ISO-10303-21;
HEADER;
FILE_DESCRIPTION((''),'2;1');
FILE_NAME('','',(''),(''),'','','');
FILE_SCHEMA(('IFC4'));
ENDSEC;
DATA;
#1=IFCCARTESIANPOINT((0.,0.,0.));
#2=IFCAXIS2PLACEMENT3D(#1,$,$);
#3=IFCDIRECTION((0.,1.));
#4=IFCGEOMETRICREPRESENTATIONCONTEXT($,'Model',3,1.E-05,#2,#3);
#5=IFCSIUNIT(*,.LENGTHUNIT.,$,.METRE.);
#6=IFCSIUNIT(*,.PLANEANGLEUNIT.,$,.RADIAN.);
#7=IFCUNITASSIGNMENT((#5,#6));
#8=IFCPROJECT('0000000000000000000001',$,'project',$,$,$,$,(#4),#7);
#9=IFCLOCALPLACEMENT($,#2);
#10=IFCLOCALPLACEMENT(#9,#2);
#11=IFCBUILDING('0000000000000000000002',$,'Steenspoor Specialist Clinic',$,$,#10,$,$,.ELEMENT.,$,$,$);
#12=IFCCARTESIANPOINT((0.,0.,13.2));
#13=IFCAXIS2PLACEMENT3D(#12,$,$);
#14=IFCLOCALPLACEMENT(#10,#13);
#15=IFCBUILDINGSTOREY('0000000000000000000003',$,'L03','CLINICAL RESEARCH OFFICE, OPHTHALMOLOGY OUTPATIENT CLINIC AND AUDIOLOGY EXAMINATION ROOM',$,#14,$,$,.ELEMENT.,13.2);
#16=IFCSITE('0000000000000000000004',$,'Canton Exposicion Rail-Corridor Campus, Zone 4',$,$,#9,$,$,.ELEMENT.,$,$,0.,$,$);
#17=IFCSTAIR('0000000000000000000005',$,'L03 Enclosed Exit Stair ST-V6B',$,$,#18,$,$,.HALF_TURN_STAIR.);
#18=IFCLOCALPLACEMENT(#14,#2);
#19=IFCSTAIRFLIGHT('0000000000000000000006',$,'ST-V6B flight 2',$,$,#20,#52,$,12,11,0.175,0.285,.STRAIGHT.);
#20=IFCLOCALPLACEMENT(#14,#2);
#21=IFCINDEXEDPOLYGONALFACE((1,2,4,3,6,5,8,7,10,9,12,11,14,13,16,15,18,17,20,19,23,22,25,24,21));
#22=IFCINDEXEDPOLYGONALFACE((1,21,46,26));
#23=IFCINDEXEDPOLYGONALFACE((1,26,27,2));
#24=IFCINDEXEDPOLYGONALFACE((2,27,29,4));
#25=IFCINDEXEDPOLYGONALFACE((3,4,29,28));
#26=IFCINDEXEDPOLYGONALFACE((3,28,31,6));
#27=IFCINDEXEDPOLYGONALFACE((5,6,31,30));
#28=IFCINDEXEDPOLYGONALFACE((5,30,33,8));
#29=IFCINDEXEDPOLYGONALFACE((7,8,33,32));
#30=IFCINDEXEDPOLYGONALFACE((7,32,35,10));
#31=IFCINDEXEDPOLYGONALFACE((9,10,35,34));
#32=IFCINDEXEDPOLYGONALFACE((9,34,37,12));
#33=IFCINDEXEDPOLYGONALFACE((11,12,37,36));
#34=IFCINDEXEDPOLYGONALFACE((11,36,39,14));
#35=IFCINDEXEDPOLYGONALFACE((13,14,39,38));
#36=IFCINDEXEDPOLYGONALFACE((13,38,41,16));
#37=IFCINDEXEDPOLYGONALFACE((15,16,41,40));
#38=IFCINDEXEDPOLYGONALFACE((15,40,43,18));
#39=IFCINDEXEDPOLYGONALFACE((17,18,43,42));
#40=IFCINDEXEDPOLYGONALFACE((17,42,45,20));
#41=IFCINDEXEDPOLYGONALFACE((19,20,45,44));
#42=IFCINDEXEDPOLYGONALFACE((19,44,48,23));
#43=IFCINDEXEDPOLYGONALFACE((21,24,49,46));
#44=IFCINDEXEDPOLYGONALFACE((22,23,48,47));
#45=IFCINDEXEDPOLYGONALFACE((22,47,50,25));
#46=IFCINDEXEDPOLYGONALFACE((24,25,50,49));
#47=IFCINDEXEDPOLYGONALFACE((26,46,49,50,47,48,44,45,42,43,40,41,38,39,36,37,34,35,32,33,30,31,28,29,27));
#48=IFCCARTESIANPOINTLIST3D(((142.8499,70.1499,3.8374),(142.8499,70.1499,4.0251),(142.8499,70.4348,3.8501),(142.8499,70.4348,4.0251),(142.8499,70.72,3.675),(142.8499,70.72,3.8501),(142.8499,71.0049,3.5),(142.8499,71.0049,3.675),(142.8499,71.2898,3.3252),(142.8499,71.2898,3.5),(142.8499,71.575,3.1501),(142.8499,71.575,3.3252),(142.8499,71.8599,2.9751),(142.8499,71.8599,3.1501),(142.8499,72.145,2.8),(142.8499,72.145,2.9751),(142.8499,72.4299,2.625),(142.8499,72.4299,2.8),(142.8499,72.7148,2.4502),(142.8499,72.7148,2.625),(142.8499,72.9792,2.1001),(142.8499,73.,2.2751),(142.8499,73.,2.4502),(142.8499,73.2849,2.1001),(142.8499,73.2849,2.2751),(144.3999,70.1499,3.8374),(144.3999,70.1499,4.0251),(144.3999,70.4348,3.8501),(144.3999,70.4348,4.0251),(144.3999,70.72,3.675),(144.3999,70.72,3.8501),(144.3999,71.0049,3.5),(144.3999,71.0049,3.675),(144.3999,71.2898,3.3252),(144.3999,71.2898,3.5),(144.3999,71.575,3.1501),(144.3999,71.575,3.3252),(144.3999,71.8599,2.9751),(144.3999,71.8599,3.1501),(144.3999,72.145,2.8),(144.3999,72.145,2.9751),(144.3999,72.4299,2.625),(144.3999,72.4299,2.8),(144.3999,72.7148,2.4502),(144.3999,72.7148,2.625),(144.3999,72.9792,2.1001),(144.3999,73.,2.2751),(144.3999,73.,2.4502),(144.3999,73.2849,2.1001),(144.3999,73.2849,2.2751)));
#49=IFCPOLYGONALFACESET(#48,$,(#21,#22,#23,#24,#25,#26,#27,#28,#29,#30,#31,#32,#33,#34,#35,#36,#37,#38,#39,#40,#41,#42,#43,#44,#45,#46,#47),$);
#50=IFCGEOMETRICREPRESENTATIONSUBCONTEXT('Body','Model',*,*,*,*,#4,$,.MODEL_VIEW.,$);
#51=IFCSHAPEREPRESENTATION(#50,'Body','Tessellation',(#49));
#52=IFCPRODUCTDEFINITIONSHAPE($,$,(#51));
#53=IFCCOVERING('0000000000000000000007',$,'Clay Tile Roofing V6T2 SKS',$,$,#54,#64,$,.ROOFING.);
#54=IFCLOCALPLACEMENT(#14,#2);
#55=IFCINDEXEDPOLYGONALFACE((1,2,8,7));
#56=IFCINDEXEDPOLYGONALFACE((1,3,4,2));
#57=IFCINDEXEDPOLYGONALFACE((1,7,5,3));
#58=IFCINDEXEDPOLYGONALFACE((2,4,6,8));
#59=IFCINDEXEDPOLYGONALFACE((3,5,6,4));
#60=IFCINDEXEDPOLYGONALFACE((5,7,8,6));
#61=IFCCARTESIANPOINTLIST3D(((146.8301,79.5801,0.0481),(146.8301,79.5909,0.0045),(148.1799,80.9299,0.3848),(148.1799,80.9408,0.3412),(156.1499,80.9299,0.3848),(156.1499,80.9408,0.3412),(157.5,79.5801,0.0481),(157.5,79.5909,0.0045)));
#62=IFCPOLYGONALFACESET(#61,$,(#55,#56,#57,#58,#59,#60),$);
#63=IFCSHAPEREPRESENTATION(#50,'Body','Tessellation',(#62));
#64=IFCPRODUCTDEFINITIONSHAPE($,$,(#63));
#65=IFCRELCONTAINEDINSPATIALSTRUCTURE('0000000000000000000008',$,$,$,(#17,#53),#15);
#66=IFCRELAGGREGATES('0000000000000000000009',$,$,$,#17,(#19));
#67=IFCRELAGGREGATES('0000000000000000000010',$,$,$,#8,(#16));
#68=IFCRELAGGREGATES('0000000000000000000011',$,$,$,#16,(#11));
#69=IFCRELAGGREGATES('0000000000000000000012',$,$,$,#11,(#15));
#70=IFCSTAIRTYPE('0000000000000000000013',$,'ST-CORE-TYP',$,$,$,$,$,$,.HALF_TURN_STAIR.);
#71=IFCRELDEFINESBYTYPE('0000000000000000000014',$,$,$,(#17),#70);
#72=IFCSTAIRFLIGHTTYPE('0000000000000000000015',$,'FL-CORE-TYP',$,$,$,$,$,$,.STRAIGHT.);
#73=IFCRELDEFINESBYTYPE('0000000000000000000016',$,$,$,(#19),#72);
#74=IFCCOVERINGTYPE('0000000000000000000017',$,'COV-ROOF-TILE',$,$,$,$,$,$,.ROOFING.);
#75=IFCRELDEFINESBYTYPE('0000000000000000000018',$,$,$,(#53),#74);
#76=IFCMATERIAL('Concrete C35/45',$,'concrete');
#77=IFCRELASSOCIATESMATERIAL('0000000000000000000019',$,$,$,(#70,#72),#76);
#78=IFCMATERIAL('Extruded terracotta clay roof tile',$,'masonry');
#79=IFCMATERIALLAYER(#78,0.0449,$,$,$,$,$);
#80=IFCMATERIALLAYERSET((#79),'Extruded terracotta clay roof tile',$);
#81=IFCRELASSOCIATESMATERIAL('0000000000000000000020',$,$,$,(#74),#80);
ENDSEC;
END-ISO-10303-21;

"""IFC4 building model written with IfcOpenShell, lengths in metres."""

from ifc_helpers import new_model, si_unit, direction, frame, origin, place, context, subcontext, project, spatial, polyline, outline, extrude, material, layer, layer_set, type_object, element, aggregate, save


model = new_model("IFC4")

# Units and contexts
model_context = context("Model", 3, precision=1e-05, world=origin(), true_north=direction((0.0, 1.0)))
body_context = subcontext(model_context, "Body", "Model", "MODEL_VIEW")
ifc_project = project(units=[si_unit("LENGTHUNIT", "METRE"), si_unit("PLANEANGLEUNIT", "RADIAN")], contexts=[model_context])

# Site, building, storey
site_placement = place(None, origin())
site = spatial("IfcSite", under=ifc_project, at=site_placement, Name="Canton Exposicion Rail-Corridor Campus, Zone 4", CompositionType="ELEMENT", RefElevation=0.0)
building_placement = place(site_placement, origin())
building = spatial("IfcBuilding", under=site, at=building_placement, Name="Steenspoor Specialist Clinic", CompositionType="ELEMENT")
storey_placement = place(building_placement, frame((0.0, 0.0, 13.2)))
storey = spatial("IfcBuildingStorey", under=building, at=storey_placement, Name="L03", Description="CLINICAL RESEARCH OFFICE, OPHTHALMOLOGY OUTPATIENT CLINIC AND AUDIOLOGY EXAMINATION ROOM", CompositionType="ELEMENT", Elevation=13.2)

# Shared definitions
ifc_material_1 = material(Name="Concrete C35/45", Category="concrete")

# Stair, stair flight
stair_type = type_object("IfcStairType", Name="ST-CORE-TYP", PredefinedType="HALF_TURN_STAIR", material=ifc_material_1)
stair_placement = place(storey_placement, origin())
stair = element("IfcStair", 1, at=stair_placement, inside=storey, type_object=stair_type, Name="L03 Enclosed Exit Stair ST-V6B", PredefinedType="HALF_TURN_STAIR")
stair_flight_type = type_object("IfcStairFlightType", Name="FL-CORE-TYP", PredefinedType="STRAIGHT", material=ifc_material_1)
stair_flight_1_placement = place(storey_placement, frame((143.625, 73.2849, 2.1001), z_axis=(0.0, 0.0, 1.0), x_axis=(0.0, -1.0, 0.0)))
stair_flight_1 = element("IfcStairFlight", 2, at=stair_flight_1_placement, type_object=stair_flight_type, Name="ST-V6B flight 2", NumberOfRisers=12, NumberOfTreads=11, PredefinedType="STRAIGHT", RiserHeight=0.175, TreadLength=0.285, context=body_context, shape_type="SweptSolid", body=[
    extrude(outline(polyline([(0.0, 0.0), (0.0, 0.175), (0.2849, 0.175), (0.2849, 0.3501), (0.5701, 0.3501), (0.5701, 0.5249), (0.855, 0.5249), (0.855, 0.7), (1.1399, 0.7), (1.1399, 0.875), (1.425, 0.875), (1.425, 1.05), (1.71, 1.05), (1.71, 1.2251), (1.9951, 1.2251), (1.9951, 1.3999), (2.28, 1.3999), (2.28, 1.575), (2.5649, 1.575), (2.5649, 1.75), (2.8501, 1.75), (2.8501, 1.925), (3.135, 1.925), (3.135, 2.1001), (3.135, 1.7373), (0.3057, 0.0), (0.0, 0.0)])), frame((0.0, 0.7749, 0.0), z_axis=(0.0, -1.0, 0.0), x_axis=(1.0, 0.0, 0.0)), (0.0, 0.0, 1.0), 1.55),
])
aggregate(stair, [stair_flight_1])

# Covering
ifc_material_2 = material(Name="Extruded terracotta clay roof tile", Category="masonry")
ifc_layer_1 = layer(ifc_material_2, 0.0449)
ifc_layer_set_1 = layer_set([ifc_layer_1], Name="Extruded terracotta clay roof tile")
covering_type = type_object("IfcCoveringType", Name="COV-ROOF-TILE", PredefinedType="ROOFING", material=ifc_layer_set_1)
covering_placement = place(storey_placement, frame((146.8301, 79.5801, 0.0481), z_axis=(0.0, -0.241999, 0.970277), x_axis=(1.0, 0.0, 0.0)))
element("IfcCovering", 3, at=covering_placement, inside=storey, type_object=covering_type, Name="Clay Tile Roofing V6T2 SKS", PredefinedType="ROOFING", context=body_context, shape_type="SweptSolid", body=[
    extrude(outline(polyline([(0.0, 0.0), (10.6699, 0.0), (9.3198, 1.3912), (1.3499, 1.3912), (0.0, 0.0)])), origin(), (0.0, 0.0, -1.0), 0.0449),
])

save(model, "model.ifc")
